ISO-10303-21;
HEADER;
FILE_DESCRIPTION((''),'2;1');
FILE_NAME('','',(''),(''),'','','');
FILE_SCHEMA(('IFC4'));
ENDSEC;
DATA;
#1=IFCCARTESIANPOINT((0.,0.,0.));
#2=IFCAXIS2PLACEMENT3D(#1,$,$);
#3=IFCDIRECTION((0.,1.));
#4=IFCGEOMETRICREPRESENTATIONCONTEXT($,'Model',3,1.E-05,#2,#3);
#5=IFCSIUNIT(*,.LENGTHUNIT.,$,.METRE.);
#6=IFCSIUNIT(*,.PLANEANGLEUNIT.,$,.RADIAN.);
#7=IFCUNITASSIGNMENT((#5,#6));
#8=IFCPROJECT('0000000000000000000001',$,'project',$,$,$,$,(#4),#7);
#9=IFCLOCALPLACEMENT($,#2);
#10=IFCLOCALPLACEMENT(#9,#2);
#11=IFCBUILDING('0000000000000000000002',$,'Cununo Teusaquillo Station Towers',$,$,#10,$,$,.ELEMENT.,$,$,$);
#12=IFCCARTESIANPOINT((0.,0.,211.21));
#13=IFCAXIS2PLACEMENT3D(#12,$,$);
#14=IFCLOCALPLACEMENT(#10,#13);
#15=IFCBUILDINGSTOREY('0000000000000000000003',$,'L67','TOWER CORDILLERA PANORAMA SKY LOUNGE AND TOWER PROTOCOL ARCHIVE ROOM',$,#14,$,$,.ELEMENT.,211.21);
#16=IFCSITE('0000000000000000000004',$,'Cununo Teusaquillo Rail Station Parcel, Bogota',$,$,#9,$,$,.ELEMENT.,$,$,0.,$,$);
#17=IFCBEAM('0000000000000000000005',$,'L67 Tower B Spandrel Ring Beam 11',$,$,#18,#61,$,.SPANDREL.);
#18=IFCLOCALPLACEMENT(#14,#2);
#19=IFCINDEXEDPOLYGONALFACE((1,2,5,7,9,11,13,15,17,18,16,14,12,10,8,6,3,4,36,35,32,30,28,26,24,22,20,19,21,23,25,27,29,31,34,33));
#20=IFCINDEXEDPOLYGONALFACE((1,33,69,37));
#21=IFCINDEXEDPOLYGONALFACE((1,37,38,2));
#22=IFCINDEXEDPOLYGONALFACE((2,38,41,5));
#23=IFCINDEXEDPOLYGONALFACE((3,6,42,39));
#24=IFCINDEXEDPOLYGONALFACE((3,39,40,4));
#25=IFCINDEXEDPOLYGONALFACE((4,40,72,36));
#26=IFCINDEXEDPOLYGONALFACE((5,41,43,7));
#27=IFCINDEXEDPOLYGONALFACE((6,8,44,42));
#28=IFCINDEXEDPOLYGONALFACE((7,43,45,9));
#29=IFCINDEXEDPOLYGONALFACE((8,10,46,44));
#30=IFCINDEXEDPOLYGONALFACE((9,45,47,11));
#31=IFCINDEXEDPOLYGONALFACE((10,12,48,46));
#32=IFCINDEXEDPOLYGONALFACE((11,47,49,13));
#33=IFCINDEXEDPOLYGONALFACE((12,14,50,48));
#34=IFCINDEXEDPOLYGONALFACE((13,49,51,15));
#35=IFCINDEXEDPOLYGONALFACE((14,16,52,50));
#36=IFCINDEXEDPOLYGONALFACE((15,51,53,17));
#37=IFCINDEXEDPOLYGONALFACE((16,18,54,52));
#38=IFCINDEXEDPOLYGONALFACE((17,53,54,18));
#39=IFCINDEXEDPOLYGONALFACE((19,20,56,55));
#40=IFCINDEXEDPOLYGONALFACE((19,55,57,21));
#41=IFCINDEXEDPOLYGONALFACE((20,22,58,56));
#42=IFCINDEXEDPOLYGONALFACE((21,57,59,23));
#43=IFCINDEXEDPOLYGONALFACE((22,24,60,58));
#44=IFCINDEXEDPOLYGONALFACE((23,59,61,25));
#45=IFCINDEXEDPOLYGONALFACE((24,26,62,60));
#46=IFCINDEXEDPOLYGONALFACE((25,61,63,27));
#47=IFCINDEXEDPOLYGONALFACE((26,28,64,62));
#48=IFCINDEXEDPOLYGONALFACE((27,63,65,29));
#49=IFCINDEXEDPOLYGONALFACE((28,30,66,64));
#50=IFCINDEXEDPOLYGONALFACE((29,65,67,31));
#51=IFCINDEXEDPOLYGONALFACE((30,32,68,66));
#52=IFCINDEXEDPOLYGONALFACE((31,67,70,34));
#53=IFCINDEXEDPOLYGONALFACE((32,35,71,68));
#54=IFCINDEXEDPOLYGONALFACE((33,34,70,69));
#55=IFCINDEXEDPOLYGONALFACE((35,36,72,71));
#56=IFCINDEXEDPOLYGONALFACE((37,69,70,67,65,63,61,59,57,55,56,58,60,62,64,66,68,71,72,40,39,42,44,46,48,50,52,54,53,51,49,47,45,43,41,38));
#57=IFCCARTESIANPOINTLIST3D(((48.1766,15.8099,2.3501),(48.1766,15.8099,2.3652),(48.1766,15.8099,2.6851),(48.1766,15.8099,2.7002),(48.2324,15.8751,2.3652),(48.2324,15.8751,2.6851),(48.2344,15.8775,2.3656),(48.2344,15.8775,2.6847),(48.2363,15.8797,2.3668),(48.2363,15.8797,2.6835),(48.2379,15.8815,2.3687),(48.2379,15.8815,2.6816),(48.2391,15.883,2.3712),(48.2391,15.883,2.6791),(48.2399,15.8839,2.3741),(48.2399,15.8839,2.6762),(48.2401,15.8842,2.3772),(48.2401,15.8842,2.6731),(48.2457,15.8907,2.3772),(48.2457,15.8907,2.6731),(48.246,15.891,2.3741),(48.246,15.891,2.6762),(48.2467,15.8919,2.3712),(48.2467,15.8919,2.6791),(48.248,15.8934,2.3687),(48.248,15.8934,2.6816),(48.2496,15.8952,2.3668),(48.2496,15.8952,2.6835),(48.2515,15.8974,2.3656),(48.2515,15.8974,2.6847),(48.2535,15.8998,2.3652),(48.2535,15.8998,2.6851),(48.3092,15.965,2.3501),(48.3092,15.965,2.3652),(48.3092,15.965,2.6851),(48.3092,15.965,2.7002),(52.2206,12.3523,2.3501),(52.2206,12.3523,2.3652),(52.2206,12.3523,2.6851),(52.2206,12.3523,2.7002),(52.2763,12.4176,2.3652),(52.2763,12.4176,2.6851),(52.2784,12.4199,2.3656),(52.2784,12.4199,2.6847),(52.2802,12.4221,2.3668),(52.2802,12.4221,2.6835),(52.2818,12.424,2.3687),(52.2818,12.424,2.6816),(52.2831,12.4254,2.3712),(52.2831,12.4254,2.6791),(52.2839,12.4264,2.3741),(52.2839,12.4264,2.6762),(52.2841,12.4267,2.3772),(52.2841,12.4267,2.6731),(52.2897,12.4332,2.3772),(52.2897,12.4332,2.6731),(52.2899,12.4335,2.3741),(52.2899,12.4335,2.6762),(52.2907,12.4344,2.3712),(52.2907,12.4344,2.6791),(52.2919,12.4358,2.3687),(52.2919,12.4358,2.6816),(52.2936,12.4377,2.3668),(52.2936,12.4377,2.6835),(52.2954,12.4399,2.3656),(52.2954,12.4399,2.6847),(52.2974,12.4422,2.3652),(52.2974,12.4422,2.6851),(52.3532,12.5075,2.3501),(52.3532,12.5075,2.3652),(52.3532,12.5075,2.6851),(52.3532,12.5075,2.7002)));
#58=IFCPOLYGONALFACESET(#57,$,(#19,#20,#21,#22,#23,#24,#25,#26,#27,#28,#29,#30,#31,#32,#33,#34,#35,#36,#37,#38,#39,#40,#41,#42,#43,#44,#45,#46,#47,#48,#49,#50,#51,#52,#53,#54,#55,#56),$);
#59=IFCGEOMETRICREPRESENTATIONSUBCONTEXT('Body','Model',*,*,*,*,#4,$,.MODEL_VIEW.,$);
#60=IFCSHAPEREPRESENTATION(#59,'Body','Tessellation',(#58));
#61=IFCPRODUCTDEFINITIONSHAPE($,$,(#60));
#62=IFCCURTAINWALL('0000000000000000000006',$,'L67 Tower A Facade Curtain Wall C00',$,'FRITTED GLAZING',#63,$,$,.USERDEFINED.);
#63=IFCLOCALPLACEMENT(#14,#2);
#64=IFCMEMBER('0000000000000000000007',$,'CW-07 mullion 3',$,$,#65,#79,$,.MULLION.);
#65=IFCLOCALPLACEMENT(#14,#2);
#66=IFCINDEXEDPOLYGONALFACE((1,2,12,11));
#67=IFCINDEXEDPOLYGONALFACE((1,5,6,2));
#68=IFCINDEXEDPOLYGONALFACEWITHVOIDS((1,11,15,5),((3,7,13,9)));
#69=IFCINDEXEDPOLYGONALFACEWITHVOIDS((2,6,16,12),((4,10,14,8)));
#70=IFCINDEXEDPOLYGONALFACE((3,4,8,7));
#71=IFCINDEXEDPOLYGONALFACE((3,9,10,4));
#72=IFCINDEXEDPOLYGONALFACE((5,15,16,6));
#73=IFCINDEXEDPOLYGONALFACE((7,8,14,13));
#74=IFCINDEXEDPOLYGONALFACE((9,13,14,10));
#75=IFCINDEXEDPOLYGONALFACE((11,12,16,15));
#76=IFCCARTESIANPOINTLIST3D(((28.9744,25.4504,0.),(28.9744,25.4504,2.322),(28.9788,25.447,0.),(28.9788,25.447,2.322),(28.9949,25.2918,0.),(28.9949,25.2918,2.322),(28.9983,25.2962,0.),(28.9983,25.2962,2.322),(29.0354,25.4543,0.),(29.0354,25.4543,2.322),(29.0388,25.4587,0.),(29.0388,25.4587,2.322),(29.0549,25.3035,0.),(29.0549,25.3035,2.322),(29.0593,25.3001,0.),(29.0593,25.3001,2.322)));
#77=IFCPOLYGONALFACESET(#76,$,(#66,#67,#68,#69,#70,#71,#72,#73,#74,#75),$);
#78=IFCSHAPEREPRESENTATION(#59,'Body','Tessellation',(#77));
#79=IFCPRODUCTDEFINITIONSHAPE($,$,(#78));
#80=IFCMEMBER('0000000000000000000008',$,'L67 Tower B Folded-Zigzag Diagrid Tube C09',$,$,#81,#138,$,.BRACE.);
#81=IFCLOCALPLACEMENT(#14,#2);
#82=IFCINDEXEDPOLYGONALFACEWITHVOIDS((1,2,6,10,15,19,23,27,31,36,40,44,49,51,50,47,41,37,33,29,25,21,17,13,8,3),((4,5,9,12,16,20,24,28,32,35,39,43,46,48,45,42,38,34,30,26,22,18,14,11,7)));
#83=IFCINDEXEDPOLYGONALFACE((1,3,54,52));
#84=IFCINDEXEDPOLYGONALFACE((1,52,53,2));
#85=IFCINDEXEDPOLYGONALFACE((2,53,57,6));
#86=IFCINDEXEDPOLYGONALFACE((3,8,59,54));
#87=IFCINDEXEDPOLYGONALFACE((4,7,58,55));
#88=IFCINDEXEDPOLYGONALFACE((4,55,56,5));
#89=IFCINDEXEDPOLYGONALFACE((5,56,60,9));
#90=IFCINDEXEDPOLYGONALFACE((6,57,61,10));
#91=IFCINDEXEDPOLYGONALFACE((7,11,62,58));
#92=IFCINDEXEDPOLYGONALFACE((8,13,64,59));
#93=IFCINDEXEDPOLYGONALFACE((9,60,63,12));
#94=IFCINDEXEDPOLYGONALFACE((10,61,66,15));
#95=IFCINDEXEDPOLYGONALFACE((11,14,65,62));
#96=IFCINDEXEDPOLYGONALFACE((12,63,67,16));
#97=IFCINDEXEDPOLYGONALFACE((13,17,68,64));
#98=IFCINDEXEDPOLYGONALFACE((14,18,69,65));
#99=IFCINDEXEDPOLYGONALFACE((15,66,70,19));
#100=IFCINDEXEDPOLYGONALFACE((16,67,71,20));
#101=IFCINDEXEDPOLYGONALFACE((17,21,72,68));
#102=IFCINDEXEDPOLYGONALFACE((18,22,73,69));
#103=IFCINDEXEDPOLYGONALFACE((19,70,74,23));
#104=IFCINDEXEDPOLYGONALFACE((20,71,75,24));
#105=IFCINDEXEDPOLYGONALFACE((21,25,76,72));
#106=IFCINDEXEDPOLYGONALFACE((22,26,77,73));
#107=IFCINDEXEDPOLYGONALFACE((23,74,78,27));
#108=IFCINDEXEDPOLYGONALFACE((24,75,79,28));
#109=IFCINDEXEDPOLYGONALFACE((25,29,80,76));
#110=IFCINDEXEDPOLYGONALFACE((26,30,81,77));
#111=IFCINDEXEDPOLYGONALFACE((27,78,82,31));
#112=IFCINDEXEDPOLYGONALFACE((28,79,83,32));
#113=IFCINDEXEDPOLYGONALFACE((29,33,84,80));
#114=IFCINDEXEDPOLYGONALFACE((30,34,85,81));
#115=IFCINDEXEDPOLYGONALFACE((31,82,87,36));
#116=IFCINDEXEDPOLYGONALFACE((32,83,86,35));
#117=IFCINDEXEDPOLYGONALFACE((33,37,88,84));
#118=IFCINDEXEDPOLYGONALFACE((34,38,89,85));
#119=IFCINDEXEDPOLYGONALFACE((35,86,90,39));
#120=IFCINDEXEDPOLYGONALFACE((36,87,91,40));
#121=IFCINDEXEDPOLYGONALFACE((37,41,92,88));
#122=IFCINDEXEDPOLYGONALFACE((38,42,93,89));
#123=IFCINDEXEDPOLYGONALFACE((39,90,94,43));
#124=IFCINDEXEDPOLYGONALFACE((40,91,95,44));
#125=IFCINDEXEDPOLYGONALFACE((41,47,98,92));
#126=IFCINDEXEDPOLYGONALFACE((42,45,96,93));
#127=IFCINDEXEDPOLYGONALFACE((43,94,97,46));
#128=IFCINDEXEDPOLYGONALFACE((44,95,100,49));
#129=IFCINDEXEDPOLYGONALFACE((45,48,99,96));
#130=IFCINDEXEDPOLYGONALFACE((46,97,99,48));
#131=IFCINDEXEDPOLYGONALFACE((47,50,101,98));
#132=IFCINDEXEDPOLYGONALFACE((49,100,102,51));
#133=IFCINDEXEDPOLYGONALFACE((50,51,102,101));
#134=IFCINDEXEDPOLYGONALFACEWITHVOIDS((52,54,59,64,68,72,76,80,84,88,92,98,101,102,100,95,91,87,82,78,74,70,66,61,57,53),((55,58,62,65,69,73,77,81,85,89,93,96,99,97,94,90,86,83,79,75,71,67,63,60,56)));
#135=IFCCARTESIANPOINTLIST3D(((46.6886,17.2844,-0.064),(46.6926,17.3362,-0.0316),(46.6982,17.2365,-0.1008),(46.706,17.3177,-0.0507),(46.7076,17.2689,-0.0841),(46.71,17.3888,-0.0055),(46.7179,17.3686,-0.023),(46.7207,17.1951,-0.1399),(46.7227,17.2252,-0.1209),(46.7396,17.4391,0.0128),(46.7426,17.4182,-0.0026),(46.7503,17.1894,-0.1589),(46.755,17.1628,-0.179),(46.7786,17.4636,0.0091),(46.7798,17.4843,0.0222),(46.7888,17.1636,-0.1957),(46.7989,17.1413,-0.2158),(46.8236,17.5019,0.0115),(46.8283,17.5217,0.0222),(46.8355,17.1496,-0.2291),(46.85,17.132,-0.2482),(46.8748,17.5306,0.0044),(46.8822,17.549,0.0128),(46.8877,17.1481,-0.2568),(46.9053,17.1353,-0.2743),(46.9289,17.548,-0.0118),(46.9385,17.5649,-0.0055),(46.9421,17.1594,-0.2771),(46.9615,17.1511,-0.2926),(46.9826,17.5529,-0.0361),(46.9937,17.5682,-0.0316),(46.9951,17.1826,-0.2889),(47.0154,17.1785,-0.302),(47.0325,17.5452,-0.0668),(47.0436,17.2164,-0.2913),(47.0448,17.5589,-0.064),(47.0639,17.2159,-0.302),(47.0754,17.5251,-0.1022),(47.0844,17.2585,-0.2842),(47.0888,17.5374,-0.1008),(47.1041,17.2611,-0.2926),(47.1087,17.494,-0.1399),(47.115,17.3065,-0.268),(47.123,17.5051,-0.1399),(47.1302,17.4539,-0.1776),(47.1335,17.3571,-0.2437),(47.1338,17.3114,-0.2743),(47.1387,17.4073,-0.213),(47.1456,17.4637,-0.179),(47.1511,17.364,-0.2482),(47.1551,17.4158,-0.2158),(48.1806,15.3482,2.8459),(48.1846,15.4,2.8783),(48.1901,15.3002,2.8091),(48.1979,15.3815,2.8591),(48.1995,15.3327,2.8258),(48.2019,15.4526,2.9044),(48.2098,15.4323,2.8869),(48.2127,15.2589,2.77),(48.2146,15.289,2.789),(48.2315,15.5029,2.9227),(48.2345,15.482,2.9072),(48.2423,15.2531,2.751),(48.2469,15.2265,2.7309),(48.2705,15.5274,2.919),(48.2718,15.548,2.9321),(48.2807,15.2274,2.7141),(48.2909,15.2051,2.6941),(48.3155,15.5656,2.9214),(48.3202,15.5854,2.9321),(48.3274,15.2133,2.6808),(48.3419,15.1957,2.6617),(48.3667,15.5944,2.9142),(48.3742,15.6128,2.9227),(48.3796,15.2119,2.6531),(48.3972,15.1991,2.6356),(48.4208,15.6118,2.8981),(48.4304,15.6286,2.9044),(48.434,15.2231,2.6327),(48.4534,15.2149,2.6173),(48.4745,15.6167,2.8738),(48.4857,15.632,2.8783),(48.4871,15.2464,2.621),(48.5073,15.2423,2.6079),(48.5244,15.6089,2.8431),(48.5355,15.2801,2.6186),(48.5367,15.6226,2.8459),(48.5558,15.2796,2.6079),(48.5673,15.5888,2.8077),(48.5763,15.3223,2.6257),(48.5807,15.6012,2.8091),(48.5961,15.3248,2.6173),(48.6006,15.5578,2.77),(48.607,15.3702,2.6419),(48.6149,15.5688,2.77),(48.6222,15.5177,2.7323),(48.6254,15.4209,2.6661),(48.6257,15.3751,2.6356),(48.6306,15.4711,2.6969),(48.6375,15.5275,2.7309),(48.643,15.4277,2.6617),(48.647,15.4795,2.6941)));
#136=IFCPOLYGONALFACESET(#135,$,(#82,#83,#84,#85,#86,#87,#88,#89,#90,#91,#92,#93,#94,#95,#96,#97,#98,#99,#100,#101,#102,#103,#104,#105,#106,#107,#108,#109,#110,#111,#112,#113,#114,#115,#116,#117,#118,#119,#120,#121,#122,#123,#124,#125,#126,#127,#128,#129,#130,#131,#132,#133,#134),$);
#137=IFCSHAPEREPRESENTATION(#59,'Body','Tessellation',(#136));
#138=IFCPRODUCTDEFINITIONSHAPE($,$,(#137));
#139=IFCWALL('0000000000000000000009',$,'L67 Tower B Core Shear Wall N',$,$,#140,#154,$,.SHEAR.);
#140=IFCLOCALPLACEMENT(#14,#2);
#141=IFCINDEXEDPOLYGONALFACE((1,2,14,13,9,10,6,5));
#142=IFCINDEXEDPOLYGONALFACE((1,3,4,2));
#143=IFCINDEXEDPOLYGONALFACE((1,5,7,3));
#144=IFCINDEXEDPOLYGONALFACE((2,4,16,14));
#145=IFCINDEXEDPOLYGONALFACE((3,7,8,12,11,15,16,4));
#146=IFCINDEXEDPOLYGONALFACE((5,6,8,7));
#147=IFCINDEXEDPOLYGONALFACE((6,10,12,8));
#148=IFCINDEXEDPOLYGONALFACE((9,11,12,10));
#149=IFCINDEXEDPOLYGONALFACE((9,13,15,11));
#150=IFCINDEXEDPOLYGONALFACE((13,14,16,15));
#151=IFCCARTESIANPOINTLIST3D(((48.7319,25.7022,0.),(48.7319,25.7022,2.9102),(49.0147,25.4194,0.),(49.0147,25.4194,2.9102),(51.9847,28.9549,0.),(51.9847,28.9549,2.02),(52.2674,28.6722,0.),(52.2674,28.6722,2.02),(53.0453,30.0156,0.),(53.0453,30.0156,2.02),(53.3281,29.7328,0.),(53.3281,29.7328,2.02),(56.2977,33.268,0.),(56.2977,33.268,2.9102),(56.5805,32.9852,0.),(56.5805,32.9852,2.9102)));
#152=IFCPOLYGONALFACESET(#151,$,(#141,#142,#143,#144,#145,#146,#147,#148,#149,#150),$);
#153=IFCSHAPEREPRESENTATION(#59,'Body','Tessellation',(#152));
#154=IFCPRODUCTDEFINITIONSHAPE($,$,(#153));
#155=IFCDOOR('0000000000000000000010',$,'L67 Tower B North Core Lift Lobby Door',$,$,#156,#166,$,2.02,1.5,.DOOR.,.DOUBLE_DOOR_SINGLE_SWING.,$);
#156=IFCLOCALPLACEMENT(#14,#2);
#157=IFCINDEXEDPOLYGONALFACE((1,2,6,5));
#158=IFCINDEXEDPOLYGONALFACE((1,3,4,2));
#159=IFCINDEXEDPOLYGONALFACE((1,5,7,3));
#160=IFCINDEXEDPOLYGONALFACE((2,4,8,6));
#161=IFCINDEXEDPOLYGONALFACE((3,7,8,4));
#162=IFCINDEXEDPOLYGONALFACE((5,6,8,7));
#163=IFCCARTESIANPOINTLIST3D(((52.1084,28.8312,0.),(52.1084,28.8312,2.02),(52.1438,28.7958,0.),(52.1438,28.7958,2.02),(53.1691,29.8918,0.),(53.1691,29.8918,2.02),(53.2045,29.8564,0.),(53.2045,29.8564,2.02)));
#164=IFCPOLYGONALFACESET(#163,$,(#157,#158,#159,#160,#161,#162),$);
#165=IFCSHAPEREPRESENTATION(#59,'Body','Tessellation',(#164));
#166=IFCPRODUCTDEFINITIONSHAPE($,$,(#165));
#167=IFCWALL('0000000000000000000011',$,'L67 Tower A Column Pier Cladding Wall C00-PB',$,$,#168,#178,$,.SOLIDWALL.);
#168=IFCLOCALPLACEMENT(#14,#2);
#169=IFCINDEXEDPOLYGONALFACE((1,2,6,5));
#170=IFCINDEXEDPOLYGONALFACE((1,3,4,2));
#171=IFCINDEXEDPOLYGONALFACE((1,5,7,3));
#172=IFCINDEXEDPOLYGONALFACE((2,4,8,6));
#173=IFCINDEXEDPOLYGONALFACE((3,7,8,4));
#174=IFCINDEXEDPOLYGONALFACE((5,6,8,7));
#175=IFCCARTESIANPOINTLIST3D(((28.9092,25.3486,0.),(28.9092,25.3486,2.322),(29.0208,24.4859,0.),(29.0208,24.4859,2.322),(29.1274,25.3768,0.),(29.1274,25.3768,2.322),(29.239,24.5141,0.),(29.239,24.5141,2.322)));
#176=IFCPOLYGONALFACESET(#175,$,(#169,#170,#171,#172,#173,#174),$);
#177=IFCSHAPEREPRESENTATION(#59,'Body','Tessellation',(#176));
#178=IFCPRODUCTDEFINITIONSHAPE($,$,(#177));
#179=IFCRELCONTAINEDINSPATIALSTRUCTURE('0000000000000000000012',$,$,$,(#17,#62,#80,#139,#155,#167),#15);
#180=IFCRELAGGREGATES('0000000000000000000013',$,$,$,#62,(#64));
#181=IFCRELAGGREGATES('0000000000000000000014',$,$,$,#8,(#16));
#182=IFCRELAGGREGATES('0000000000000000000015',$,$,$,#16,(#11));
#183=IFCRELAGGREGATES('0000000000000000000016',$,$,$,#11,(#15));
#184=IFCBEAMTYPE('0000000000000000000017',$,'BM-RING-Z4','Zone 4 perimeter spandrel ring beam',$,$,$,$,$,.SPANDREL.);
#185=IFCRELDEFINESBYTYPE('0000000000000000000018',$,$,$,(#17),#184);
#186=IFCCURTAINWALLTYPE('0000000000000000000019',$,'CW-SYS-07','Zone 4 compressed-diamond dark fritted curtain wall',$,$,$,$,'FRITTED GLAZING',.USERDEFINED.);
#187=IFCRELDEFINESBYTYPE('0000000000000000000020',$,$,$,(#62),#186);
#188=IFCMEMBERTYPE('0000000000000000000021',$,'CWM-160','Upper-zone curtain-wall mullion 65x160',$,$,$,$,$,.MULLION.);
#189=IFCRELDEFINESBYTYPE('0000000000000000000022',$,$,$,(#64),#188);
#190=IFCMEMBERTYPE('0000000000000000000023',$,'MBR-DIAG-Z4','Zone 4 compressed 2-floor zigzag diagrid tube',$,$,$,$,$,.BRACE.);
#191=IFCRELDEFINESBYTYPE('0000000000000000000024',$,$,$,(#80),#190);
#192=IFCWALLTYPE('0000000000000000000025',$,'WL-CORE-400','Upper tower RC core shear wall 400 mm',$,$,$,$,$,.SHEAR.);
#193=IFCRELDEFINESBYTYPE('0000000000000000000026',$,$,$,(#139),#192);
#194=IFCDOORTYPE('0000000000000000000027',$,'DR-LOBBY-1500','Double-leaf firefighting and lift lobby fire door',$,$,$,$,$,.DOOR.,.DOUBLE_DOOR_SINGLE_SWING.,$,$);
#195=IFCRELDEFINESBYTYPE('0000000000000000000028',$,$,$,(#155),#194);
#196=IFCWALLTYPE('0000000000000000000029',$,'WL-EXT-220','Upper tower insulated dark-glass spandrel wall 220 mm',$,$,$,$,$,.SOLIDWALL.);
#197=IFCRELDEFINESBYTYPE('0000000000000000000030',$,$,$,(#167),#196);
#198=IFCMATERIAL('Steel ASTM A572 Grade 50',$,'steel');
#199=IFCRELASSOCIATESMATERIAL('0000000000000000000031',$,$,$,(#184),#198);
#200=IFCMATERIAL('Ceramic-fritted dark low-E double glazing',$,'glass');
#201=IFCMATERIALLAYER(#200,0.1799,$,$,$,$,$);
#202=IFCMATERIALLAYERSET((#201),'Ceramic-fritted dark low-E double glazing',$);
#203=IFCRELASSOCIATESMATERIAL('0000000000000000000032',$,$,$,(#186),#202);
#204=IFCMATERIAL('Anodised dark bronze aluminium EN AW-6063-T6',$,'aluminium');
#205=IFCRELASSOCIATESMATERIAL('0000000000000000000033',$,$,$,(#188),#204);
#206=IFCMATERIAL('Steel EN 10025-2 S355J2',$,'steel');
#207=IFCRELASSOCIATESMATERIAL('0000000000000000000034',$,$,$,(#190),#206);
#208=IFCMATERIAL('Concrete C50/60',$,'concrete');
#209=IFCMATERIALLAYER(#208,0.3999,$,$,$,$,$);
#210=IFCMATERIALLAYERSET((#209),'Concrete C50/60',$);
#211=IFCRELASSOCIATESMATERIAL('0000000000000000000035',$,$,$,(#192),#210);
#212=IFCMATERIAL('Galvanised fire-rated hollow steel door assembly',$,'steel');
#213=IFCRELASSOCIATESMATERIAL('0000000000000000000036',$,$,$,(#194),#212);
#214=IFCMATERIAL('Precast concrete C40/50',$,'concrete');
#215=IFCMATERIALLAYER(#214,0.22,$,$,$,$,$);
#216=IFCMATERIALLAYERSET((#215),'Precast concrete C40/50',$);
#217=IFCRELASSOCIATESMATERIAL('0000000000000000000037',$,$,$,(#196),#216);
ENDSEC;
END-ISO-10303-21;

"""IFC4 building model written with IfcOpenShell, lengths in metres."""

from ifc_helpers import new_model, si_unit, direction, frame, frame_2d, origin, origin_2d, place, context, subcontext, project, spatial, rectangle, hollow_rectangle, hollow_circle, i_section, extrude, source, transform, mapped, material, layer, layer_set, material_profile, profile_set, type_object, element, fill, aggregate, save


model = new_model("IFC4")

# Units and contexts
model_context = context("Model", 3, precision=1e-05, world=origin(), true_north=direction((0.0, 1.0)))
body_context = subcontext(model_context, "Body", "Model", "MODEL_VIEW")
ifc_project = project(units=[si_unit("LENGTHUNIT", "METRE"), si_unit("PLANEANGLEUNIT", "RADIAN")], contexts=[model_context])

# Site, building, storey
site_placement = place(None, origin())
site = spatial("IfcSite", under=ifc_project, at=site_placement, Name="Cununo Teusaquillo Rail Station Parcel, Bogota", CompositionType="ELEMENT", RefElevation=0.0)
building_placement = place(site_placement, origin())
building = spatial("IfcBuilding", under=site, at=building_placement, Name="Cununo Teusaquillo Station Towers", CompositionType="ELEMENT")
storey_placement = place(building_placement, frame((0.0, 0.0, 211.21)))
storey = spatial("IfcBuildingStorey", under=building, at=storey_placement, Name="L67", Description="TOWER CORDILLERA PANORAMA SKY LOUNGE AND TOWER PROTOCOL ARCHIVE ROOM", CompositionType="ELEMENT", Elevation=211.21)

# Beam
ifc_material_1 = material(Name="Steel ASTM A572 Grade 50", Category="steel")
ifc_material_profile_1 = material_profile(ifc_material_1, i_section(OverallWidth=0.2041, OverallDepth=0.3501, WebThickness=0.0085, FlangeThickness=0.0151, FilletRadius=0.012, at=origin_2d()), Name="W14X48")
ifc_profile_set_1 = profile_set([ifc_material_profile_1], Name="Steel ASTM A572 Grade 50")
beam_type_1 = type_object("IfcBeamType", Name="BM-RING-Z4", Description="Zone 4 perimeter spandrel ring beam", PredefinedType="SPANDREL", material=ifc_profile_set_1)
beam_1_placement = place(storey_placement, frame((48.2429, 15.8875, 2.5251), z_axis=(0.760066, -0.649846, 0.0), x_axis=(0.649846, 0.760066, 0.0)))
element("IfcBeam", 1, at=beam_1_placement, inside=storey, type_object=beam_type_1, Name="L67 Tower B Spandrel Ring Beam 11", PredefinedType="SPANDREL", context=body_context, shape_type="SweptSolid", body=[
    extrude(i_section(OverallWidth=0.2041, OverallDepth=0.3501, WebThickness=0.0085, FlangeThickness=0.0151, FilletRadius=0.012, at=origin_2d()), origin(), (0.0, 0.0, 1.0), 5.3206),
])

# Curtain wall, member
ifc_material_2 = material(Name="Ceramic-fritted dark low-E double glazing", Category="glass")
ifc_layer_1 = layer(ifc_material_2, 0.1799)
ifc_layer_set_1 = layer_set([ifc_layer_1], Name="Ceramic-fritted dark low-E double glazing")
curtain_wall_type = type_object("IfcCurtainWallType", Name="CW-SYS-07", Description="Zone 4 compressed-diamond dark fritted curtain wall", ElementType="FRITTED GLAZING", PredefinedType="USERDEFINED", material=ifc_layer_set_1)
curtain_wall_placement = place(storey_placement, origin())
curtain_wall = element("IfcCurtainWall", 2, at=curtain_wall_placement, inside=storey, type_object=curtain_wall_type, Name="L67 Tower A Facade Curtain Wall C00", ObjectType="FRITTED GLAZING", PredefinedType="USERDEFINED")
ifc_material_3 = material(Name="Anodised dark bronze aluminium EN AW-6063-T6", Category="aluminium")
ifc_material_profile_2 = material_profile(ifc_material_3, hollow_rectangle(XDim=0.0649, YDim=0.1599, WallThickness=0.0039, at=origin_2d()), Name="CW-MULL-65x160")
ifc_profile_set_2 = profile_set([ifc_material_profile_2], Name="Anodised dark bronze aluminium EN AW-6063-T6")
member_type_1 = type_object("IfcMemberType", Name="CWM-160", Description="Upper-zone curtain-wall mullion 65x160", PredefinedType="MULLION", material=ifc_profile_set_2)
member_1_placement = place(storey_placement, frame((29.0168, 25.3752, 0.0), z_axis=(0.0, 0.0, 1.0), x_axis=(0.991742, 0.128253, 0.0)))
member_1 = element("IfcMember", 3, at=member_1_placement, type_object=member_type_1, Name="CW-07 mullion 3", PredefinedType="MULLION", context=body_context, shape_type="SweptSolid", body=[
    extrude(hollow_rectangle(XDim=0.0649, YDim=0.1599, WallThickness=0.0039, at=origin_2d()), origin(), (0.0, 0.0, 1.0), 2.322),
])
aggregate(curtain_wall, [member_1])

# Member
ifc_material_4 = material(Name="Steel EN 10025-2 S355J2", Category="steel")
ifc_material_profile_3 = material_profile(ifc_material_4, hollow_circle(Radius=0.2539, WallThickness=0.0181, at=origin_2d()), Name="CHS 508x18")
ifc_profile_set_3 = profile_set([ifc_material_profile_3], Name="Steel EN 10025-2 S355J2")
member_type_2 = type_object("IfcMemberType", Name="MBR-DIAG-Z4", Description="Zone 4 compressed 2-floor zigzag diagrid tube", PredefinedType="BRACE", material=ifc_profile_set_3)
member_2_placement = place(storey_placement, frame((46.9219, 17.3501, -0.1399), z_axis=(0.392581, -0.5095, 0.765696), x_axis=(0.79213, 0.610353, 0.0)))
element("IfcMember", 4, at=member_2_placement, inside=storey, type_object=member_type_2, Name="L67 Tower B Folded-Zigzag Diagrid Tube C09", PredefinedType="BRACE", context=body_context, shape_type="SweptSolid", body=[
    extrude(hollow_circle(Radius=0.2539, WallThickness=0.0181, at=origin_2d()), origin(), (0.0, 0.0, 1.0), 3.8003),
])

# Wall, opening, door
ifc_material_5 = material(Name="Concrete C50/60", Category="concrete")
ifc_layer_2 = layer(ifc_material_5, 0.3999)
ifc_layer_set_2 = layer_set([ifc_layer_2], Name="Concrete C50/60")
wall_type_1 = type_object("IfcWallType", Name="WL-CORE-400", Description="Upper tower RC core shear wall 400 mm", PredefinedType="SHEAR", material=ifc_layer_set_2)
wall_1_placement = place(storey_placement, frame((48.8733, 25.5608, 0.0), z_axis=(0.0, 0.0, 1.0), x_axis=(0.707107, 0.707107, 0.0)))
wall_1 = element("IfcWall", 5, at=wall_1_placement, inside=storey, type_object=wall_type_1, Name="L67 Tower B Core Shear Wall N", PredefinedType="SHEAR", context=body_context, shape_type="SweptSolid", body=[
    extrude(rectangle(XDim=10.6997, YDim=0.3999, at=frame_2d((5.3499, 0.0))), origin(), (0.0, 0.0, 1.0), 2.9102),
])
shared_shape_1 = source(origin(), body_context, "Body", "SweptSolid", [
    extrude(rectangle(XDim=1.5, YDim=2.02, at=frame_2d((0.75, 1.01))), frame((0.0, 0.21, 0.0), z_axis=(0.0, -1.0, 0.0), x_axis=(1.0, 0.0, 0.0)), (0.0, 0.0, 1.0), 0.4199),
])
opening_1_placement = place(wall_1_placement, frame((4.6001, 0.0, 0.0)))
opening_1 = element("IfcOpeningElement", 6, at=opening_1_placement, cuts=wall_1, PredefinedType="OPENING", context=body_context, shape_type="MappedRepresentation", body=[
    mapped(shared_shape_1, transform((0.0, 0.0, 0.0), x_axis=(1.0, 0.0, 0.0), y_axis=(0.0, 1.0, 0.0), z_axis=(0.0, 0.0, 1.0), scale=1.0)),
])
ifc_material_6 = material(Name="Galvanised fire-rated hollow steel door assembly", Category="steel")
door_type_1 = type_object("IfcDoorType", Name="DR-LOBBY-1500", Description="Double-leaf firefighting and lift lobby fire door", OperationType="DOUBLE_DOOR_SINGLE_SWING", PredefinedType="DOOR", material=ifc_material_6)
shared_shape_2 = source(origin(), body_context, "Body", "SweptSolid", [
    extrude(rectangle(XDim=1.5, YDim=2.02, at=frame_2d((0.75, 1.01))), frame((0.0, 0.0249, 0.0), z_axis=(0.0, -1.0, 0.0), x_axis=(1.0, 0.0, 0.0)), (0.0, 0.0, 1.0), 0.05),
])
door_1_placement = place(opening_1_placement, origin())
door_1 = element("IfcDoor", 7, at=door_1_placement, inside=storey, type_object=door_type_1, Name="L67 Tower B North Core Lift Lobby Door", OperationType="DOUBLE_DOOR_SINGLE_SWING", OverallHeight=2.02, OverallWidth=1.5, PredefinedType="DOOR", context=body_context, shape_type="MappedRepresentation", body=[
    mapped(shared_shape_2, transform((0.0, 0.0, 0.0), x_axis=(1.0, 0.0, 0.0), y_axis=(0.0, 1.0, 0.0), z_axis=(0.0, 0.0, 1.0), scale=1.0)),
])
fill(opening_1, door_1)

# Wall
ifc_material_7 = material(Name="Precast concrete C40/50", Category="concrete")
ifc_layer_3 = layer(ifc_material_7, 0.22)
ifc_layer_set_3 = layer_set([ifc_layer_3], Name="Precast concrete C40/50")
wall_type_2 = type_object("IfcWallType", Name="WL-EXT-220", Description="Upper tower insulated dark-glass spandrel wall 220 mm", PredefinedType="SOLIDWALL", material=ifc_layer_set_3)
wall_2_placement = place(storey_placement, frame((29.0183, 25.3628, 0.0), z_axis=(0.0, 0.0, 1.0), x_axis=(0.128247, -0.991742, 0.0)))
element("IfcWall", 8, at=wall_2_placement, inside=storey, type_object=wall_type_2, Name="L67 Tower A Column Pier Cladding Wall C00-PB", PredefinedType="SOLIDWALL", context=body_context, shape_type="SweptSolid", body=[
    extrude(rectangle(XDim=0.8699, YDim=0.22, at=frame_2d((0.4351, 0.0))), origin(), (0.0, 0.0, 1.0), 2.322),
])

save(model, "model.ifc")
